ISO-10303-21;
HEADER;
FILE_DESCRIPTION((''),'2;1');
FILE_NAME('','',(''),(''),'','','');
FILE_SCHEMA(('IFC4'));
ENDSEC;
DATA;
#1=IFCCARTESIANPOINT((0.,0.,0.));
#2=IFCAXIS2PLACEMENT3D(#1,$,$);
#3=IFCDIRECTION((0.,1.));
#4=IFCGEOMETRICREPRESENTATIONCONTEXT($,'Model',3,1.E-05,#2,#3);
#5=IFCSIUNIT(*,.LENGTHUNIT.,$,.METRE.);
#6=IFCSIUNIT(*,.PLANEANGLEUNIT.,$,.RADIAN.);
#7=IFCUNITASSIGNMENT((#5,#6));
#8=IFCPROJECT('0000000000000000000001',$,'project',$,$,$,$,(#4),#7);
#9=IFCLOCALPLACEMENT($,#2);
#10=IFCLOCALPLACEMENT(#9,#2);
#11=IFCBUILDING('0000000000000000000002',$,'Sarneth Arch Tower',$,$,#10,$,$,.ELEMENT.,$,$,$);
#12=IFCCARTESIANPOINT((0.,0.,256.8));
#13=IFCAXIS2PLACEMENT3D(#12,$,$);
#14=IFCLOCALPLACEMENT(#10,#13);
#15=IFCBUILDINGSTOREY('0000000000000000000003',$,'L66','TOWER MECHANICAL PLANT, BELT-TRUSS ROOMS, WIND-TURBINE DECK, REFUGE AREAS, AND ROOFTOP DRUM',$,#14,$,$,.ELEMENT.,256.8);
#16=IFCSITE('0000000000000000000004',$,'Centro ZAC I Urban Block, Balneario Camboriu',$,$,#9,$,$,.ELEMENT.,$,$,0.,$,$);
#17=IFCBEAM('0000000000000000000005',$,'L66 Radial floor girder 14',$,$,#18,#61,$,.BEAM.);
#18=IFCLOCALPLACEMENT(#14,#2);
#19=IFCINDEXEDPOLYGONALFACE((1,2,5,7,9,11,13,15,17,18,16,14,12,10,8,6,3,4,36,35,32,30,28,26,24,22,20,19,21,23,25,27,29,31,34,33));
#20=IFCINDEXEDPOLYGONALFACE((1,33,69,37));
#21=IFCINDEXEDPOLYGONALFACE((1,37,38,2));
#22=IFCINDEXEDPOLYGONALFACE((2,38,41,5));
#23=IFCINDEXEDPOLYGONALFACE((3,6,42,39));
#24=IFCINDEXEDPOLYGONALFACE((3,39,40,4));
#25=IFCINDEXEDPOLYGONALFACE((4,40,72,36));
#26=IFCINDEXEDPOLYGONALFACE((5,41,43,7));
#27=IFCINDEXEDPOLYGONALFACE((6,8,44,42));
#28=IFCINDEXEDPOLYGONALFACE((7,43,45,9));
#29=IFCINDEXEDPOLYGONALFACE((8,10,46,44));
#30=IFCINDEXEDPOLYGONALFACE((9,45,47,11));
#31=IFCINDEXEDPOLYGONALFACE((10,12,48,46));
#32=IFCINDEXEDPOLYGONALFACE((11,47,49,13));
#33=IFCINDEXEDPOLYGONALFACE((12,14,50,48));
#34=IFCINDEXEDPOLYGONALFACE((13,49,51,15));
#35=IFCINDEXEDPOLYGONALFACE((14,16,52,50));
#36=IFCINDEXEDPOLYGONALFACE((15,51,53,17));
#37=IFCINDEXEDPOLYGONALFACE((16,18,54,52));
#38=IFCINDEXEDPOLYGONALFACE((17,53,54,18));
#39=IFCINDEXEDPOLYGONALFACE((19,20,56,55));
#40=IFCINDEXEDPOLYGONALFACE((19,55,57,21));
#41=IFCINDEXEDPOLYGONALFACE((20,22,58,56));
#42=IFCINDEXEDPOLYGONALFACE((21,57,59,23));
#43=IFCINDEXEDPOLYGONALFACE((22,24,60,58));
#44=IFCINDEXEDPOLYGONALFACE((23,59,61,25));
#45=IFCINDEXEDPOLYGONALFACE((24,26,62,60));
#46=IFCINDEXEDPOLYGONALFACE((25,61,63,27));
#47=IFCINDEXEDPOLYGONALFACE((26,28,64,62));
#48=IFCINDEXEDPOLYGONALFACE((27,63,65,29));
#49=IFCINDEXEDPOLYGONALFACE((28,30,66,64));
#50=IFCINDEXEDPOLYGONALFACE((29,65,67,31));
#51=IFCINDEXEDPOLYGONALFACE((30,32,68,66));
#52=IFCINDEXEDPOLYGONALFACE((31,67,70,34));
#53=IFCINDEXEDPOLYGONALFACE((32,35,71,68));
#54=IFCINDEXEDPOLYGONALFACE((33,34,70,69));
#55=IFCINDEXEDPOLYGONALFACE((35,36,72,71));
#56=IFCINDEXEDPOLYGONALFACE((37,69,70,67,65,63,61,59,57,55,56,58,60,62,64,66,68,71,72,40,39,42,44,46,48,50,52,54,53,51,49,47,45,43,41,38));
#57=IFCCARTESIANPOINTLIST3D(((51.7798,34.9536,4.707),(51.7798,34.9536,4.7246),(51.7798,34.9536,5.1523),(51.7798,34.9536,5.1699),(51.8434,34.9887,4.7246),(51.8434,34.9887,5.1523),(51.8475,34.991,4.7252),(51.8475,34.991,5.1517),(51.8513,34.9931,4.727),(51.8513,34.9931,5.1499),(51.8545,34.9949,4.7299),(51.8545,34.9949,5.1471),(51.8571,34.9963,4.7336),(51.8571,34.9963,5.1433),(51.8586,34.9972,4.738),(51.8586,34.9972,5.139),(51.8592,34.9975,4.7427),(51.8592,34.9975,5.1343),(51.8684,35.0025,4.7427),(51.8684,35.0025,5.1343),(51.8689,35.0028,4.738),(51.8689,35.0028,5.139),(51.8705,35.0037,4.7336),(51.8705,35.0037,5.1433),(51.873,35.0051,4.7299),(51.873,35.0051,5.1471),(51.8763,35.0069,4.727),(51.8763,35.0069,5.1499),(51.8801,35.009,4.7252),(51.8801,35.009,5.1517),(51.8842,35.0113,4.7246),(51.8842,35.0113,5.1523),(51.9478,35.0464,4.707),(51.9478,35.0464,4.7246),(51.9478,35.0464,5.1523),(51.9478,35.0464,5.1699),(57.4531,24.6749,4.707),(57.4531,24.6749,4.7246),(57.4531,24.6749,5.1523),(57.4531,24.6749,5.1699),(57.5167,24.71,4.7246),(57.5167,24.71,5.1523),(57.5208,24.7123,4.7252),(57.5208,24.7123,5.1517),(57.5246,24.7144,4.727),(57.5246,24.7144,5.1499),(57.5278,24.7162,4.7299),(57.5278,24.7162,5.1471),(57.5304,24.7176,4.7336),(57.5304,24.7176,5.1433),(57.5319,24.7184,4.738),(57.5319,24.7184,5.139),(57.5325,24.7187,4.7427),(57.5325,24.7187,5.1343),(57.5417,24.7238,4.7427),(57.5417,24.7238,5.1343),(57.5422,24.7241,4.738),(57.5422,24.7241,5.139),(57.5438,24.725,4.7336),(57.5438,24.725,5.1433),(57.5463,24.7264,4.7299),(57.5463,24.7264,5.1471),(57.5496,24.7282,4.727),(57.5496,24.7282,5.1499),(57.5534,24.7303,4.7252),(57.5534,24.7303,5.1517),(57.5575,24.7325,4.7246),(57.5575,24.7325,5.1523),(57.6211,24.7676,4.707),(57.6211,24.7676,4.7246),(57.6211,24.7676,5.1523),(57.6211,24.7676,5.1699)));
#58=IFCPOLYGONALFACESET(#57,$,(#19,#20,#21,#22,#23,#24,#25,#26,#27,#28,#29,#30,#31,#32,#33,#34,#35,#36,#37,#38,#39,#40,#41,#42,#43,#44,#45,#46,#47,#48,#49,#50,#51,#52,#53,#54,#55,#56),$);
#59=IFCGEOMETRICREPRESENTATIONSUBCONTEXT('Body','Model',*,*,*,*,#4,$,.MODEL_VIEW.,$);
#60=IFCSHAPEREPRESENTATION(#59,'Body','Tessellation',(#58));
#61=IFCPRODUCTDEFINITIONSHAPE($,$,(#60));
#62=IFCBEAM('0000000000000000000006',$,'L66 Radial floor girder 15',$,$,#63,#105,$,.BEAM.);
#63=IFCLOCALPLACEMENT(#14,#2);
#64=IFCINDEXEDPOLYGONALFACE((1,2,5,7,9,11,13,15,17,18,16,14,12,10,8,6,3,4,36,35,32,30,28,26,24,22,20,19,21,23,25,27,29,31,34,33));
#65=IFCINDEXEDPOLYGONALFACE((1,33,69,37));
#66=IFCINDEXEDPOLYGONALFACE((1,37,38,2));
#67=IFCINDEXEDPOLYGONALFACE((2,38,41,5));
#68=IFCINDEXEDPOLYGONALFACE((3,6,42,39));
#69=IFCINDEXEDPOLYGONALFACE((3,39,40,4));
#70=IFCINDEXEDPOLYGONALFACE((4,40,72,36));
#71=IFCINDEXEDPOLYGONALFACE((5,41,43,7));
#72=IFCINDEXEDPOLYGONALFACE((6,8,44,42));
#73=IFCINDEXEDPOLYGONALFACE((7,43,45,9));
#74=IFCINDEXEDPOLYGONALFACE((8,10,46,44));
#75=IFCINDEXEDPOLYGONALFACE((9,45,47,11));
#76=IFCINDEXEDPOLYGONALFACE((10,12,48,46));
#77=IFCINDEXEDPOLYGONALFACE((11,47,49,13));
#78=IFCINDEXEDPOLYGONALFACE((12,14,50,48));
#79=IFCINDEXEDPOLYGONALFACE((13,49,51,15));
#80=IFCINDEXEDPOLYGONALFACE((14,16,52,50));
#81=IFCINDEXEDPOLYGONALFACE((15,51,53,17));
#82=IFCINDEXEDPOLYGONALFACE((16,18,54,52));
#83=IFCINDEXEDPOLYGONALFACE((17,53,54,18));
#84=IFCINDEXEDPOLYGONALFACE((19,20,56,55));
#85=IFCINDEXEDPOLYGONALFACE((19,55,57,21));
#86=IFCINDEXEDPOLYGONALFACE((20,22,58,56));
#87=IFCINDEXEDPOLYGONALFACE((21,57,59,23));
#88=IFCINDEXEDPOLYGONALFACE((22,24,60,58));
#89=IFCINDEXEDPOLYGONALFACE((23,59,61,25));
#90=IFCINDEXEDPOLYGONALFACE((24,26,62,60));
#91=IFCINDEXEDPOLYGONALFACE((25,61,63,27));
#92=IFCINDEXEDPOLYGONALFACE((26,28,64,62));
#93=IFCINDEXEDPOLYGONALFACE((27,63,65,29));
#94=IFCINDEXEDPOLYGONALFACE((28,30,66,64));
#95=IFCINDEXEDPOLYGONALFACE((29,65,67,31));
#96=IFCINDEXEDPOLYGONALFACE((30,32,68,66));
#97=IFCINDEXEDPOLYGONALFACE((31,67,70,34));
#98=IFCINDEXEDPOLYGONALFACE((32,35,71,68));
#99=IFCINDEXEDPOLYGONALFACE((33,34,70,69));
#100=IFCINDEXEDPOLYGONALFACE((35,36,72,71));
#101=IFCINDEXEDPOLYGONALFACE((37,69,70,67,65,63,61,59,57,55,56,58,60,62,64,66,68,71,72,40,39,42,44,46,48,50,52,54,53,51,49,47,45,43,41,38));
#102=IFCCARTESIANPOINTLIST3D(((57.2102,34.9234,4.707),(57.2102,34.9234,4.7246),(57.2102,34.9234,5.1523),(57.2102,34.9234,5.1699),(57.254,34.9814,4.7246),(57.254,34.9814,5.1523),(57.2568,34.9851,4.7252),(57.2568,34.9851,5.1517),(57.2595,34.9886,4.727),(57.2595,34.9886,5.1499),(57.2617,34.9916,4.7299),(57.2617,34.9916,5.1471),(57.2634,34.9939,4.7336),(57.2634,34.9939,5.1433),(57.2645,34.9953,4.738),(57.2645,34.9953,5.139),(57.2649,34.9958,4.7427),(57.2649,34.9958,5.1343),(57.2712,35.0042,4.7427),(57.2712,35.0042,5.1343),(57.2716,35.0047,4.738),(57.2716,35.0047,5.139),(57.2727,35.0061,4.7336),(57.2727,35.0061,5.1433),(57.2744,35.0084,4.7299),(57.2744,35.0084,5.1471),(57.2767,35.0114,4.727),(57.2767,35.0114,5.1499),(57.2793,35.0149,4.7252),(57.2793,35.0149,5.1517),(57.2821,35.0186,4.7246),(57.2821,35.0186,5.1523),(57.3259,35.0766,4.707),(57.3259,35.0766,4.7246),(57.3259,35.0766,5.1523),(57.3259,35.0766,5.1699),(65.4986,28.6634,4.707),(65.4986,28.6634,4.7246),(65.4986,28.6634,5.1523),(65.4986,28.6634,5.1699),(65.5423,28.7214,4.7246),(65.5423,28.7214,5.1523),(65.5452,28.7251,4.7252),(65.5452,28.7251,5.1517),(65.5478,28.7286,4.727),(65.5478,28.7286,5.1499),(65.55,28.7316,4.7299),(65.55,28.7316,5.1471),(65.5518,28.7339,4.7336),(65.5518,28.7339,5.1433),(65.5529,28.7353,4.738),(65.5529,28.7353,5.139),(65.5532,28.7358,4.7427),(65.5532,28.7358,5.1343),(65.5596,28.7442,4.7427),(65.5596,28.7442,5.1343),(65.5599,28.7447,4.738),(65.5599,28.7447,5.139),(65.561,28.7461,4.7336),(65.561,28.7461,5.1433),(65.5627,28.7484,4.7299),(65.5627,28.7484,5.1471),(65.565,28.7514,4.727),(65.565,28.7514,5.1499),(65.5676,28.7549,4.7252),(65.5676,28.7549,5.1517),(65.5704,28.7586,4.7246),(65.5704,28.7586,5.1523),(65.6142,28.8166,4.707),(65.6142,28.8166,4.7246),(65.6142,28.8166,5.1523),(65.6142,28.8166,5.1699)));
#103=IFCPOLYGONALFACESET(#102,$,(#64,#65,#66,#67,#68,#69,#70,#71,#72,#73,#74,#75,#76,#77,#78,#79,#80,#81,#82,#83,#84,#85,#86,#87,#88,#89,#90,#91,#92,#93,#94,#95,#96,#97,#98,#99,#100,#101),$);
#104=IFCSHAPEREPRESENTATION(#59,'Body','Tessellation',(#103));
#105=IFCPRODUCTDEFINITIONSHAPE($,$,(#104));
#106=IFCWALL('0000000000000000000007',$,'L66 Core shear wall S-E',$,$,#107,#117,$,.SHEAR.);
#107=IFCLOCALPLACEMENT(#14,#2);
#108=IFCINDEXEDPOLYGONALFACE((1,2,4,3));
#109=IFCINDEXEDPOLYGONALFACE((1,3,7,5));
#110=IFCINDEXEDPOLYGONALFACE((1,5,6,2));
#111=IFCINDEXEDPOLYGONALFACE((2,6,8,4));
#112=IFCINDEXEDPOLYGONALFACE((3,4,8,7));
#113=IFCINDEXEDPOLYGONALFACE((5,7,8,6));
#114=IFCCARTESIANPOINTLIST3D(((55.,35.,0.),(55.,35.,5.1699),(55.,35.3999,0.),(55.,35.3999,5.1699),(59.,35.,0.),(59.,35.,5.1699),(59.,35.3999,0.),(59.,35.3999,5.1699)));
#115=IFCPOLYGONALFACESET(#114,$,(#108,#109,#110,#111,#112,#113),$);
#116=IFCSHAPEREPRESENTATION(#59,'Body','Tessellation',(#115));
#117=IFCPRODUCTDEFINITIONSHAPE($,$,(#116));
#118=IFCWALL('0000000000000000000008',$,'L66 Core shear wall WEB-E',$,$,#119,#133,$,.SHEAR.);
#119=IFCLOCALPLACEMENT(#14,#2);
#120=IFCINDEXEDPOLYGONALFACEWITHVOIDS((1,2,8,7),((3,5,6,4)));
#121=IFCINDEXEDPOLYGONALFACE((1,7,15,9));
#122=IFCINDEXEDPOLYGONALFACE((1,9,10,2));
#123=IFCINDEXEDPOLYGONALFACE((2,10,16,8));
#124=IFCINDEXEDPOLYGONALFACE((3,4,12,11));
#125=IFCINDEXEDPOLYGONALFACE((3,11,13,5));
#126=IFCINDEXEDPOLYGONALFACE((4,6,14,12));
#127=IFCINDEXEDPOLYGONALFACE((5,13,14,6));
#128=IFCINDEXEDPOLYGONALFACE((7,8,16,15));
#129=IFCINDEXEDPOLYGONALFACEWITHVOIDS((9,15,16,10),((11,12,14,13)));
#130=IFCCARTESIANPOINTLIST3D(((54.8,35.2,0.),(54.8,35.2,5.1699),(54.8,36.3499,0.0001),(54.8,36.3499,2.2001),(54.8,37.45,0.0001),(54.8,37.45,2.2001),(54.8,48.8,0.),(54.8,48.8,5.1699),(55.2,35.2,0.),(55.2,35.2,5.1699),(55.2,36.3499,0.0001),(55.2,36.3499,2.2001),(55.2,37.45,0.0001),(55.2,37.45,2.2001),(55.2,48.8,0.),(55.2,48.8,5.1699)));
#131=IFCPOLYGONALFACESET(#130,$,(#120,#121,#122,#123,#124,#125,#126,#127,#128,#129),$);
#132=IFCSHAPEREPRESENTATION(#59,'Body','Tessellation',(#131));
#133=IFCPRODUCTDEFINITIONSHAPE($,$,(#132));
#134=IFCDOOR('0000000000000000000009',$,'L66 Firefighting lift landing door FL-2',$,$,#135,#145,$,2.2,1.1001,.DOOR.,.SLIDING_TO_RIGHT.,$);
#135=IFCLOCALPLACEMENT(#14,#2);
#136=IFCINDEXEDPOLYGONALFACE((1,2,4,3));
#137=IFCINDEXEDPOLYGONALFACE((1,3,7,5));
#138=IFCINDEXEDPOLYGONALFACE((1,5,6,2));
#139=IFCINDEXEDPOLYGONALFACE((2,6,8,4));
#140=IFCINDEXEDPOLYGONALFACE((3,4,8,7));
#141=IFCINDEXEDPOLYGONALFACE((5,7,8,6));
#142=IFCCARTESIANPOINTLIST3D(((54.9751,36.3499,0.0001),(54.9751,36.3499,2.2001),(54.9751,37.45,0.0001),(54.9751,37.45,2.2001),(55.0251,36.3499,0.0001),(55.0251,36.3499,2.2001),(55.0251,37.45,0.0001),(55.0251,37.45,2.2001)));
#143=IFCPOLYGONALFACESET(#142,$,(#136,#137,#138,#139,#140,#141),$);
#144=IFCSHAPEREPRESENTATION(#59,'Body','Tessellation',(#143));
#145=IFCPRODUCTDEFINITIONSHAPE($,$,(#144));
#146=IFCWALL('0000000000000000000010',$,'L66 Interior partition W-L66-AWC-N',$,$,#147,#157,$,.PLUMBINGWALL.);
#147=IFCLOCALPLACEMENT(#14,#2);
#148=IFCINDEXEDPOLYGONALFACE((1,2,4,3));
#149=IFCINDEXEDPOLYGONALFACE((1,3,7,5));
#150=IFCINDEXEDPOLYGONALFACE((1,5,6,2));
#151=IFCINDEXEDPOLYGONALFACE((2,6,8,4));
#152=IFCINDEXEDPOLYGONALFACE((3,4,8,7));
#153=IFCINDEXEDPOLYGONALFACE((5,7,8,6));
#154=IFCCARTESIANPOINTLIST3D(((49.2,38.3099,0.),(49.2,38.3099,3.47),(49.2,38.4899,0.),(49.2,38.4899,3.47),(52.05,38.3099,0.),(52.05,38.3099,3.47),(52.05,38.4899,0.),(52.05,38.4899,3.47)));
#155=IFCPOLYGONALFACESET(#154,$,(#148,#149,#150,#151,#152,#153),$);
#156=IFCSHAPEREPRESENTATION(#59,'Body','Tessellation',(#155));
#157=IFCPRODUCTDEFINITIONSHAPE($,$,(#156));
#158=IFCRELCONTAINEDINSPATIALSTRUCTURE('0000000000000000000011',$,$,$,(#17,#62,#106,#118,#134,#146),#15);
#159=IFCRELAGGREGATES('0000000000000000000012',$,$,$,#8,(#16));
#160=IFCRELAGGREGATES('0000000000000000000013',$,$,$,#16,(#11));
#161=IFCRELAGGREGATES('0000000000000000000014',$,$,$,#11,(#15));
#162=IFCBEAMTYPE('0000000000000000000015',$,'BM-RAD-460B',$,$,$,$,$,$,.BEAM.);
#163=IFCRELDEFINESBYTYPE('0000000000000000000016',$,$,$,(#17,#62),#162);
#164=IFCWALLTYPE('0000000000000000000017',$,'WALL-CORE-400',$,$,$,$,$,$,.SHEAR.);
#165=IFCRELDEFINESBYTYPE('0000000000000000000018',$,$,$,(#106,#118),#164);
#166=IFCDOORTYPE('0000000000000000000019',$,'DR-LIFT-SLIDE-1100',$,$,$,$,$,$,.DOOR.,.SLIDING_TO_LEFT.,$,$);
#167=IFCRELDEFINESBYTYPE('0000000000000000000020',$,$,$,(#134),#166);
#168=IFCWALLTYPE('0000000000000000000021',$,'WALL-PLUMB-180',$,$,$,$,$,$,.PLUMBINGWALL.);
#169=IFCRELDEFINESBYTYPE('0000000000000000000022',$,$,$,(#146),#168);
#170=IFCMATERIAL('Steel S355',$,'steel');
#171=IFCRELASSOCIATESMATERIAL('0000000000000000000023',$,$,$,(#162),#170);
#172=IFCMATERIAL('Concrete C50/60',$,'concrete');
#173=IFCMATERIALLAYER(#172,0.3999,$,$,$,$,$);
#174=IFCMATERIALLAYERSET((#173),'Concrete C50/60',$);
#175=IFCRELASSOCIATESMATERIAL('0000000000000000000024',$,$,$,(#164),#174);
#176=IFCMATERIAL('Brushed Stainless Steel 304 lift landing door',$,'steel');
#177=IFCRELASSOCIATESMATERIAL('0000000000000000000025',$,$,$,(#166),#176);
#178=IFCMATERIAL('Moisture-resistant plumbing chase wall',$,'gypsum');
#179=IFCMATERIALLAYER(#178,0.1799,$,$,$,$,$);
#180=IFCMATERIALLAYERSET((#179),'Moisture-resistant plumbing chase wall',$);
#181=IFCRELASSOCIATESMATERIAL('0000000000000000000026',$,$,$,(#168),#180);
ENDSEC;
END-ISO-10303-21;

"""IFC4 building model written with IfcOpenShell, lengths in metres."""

from ifc_helpers import new_model, si_unit, direction, frame, frame_2d, origin, origin_2d, place, context, subcontext, project, spatial, rectangle, i_section, extrude, material, layer, layer_set, material_profile, profile_set, type_object, element, fill, save


model = new_model("IFC4")

# Units and contexts
model_context = context("Model", 3, precision=1e-05, world=origin(), true_north=direction((0.0, 1.0)))
body_context = subcontext(model_context, "Body", "Model", "MODEL_VIEW")
ifc_project = project(units=[si_unit("LENGTHUNIT", "METRE"), si_unit("PLANEANGLEUNIT", "RADIAN")], contexts=[model_context])

# Site, building, storey
site_placement = place(None, origin())
site = spatial("IfcSite", under=ifc_project, at=site_placement, Name="Centro ZAC I Urban Block, Balneario Camboriu", CompositionType="ELEMENT", RefElevation=0.0)
building_placement = place(site_placement, origin())
building = spatial("IfcBuilding", under=site, at=building_placement, Name="Sarneth Arch Tower", CompositionType="ELEMENT")
storey_placement = place(building_placement, frame((0.0, 0.0, 256.8)))
storey = spatial("IfcBuildingStorey", under=building, at=storey_placement, Name="L66", Description="TOWER MECHANICAL PLANT, BELT-TRUSS ROOMS, WIND-TURBINE DECK, REFUGE AREAS, AND ROOFTOP DRUM", CompositionType="ELEMENT", Elevation=256.8)

# Beams
ifc_material_1 = material(Name="Steel S355", Category="steel")
ifc_material_profile_1 = material_profile(ifc_material_1, i_section(OverallWidth=0.1919, OverallDepth=0.4629, WebThickness=0.0105, FlangeThickness=0.0176, FilletRadius=0.0181, at=origin_2d()), Name="W460x89")
ifc_profile_set_1 = profile_set([ifc_material_profile_1], Name="Steel S355")
beam_type_1 = type_object("IfcBeamType", Name="BM-RAD-460B", PredefinedType="BEAM", material=ifc_profile_set_1)
beam_1_placement = place(storey_placement, frame((51.8638, 35.0, 4.9385), z_axis=(0.483226, -0.875496, 0.0), x_axis=(0.875496, 0.483226, 0.0)))
element("IfcBeam", 1, at=beam_1_placement, inside=storey, type_object=beam_type_1, Name="L66 Radial floor girder 14", PredefinedType="BEAM", context=body_context, shape_type="SweptSolid", body=[
    extrude(i_section(OverallWidth=0.1919, OverallDepth=0.4629, WebThickness=0.0105, FlangeThickness=0.0176, FilletRadius=0.0181, at=origin_2d()), origin(), (0.0, 0.0, 1.0), 11.7405),
])
beam_2_placement = place(storey_placement, frame((57.2681, 35.0, 4.9385), z_axis=(0.797973, -0.602693, 0.0), x_axis=(0.602693, 0.797973, 0.0)))
element("IfcBeam", 2, at=beam_2_placement, inside=storey, type_object=beam_type_1, Name="L66 Radial floor girder 15", PredefinedType="BEAM", context=body_context, shape_type="SweptSolid", body=[
    extrude(i_section(OverallWidth=0.1919, OverallDepth=0.4629, WebThickness=0.0105, FlangeThickness=0.0176, FilletRadius=0.0181, at=origin_2d()), origin(), (0.0, 0.0, 1.0), 10.3867),
])

# Wall
ifc_material_2 = material(Name="Concrete C50/60", Category="concrete")
ifc_layer_1 = layer(ifc_material_2, 0.3999)
ifc_layer_set_1 = layer_set([ifc_layer_1], Name="Concrete C50/60")
wall_type_1 = type_object("IfcWallType", Name="WALL-CORE-400", PredefinedType="SHEAR", material=ifc_layer_set_1)
wall_1_placement = place(storey_placement, frame((55.0, 35.2, 0.0), z_axis=(0.0, 0.0, 1.0), x_axis=(1.0, 0.0, 0.0)))
element("IfcWall", 3, at=wall_1_placement, inside=storey, type_object=wall_type_1, Name="L66 Core shear wall S-E", PredefinedType="SHEAR", context=body_context, shape_type="SweptSolid", body=[
    extrude(rectangle(XDim=4.0, YDim=0.3999, at=frame_2d((2.0, 0.0))), origin(), (0.0, 0.0, 1.0), 5.1699),
])

# Wall, opening, door
wall_2_placement = place(storey_placement, frame((55.0, 35.2, 0.0), z_axis=(0.0, 0.0, 1.0), x_axis=(0.0, 1.0, 0.0)))
wall_2 = element("IfcWall", 4, at=wall_2_placement, inside=storey, type_object=wall_type_1, Name="L66 Core shear wall WEB-E", PredefinedType="SHEAR", context=body_context, shape_type="SweptSolid", body=[
    extrude(rectangle(XDim=13.6001, YDim=0.3999, at=frame_2d((6.8, 0.0))), origin(), (0.0, 0.0, 1.0), 5.1699),
])
opening_1_placement = place(wall_2_placement, frame((1.1499, 0.0, 0.0)))
opening_1 = element("IfcOpeningElement", 5, at=opening_1_placement, cuts=wall_2, PredefinedType="OPENING", context=body_context, shape_type="SweptSolid", body=[
    extrude(rectangle(XDim=1.1001, YDim=2.2, at=frame_2d((0.55, 1.1001))), frame((0.0, 0.21, 0.0), z_axis=(0.0, -1.0, 0.0), x_axis=(1.0, 0.0, 0.0)), (0.0, 0.0, 1.0), 0.4199),
])
ifc_material_3 = material(Name="Brushed Stainless Steel 304 lift landing door", Category="steel")
door_type_1 = type_object("IfcDoorType", Name="DR-LIFT-SLIDE-1100", OperationType="SLIDING_TO_LEFT", PredefinedType="DOOR", material=ifc_material_3)
door_1_placement = place(opening_1_placement, origin())
door_1 = element("IfcDoor", 6, at=door_1_placement, inside=storey, type_object=door_type_1, Name="L66 Firefighting lift landing door FL-2", OperationType="SLIDING_TO_RIGHT", OverallHeight=2.2, OverallWidth=1.1001, PredefinedType="DOOR", context=body_context, shape_type="SweptSolid", body=[
    extrude(rectangle(XDim=1.1001, YDim=2.2, at=frame_2d((0.55, 1.1001))), frame((0.0, 0.0249, 0.0), z_axis=(0.0, -1.0, 0.0), x_axis=(1.0, 0.0, 0.0)), (0.0, 0.0, 1.0), 0.05),
])
fill(opening_1, door_1)

# Wall
ifc_material_4 = material(Name="Moisture-resistant plumbing chase wall", Category="gypsum")
ifc_layer_2 = layer(ifc_material_4, 0.1799)
ifc_layer_set_2 = layer_set([ifc_layer_2], Name="Moisture-resistant plumbing chase wall")
wall_type_2 = type_object("IfcWallType", Name="WALL-PLUMB-180", PredefinedType="PLUMBINGWALL", material=ifc_layer_set_2)
wall_3_placement = place(storey_placement, frame((49.2, 38.3999, 0.0), z_axis=(0.0, 0.0, 1.0), x_axis=(1.0, 0.0, 0.0)))
element("IfcWall", 7, at=wall_3_placement, inside=storey, type_object=wall_type_2, Name="L66 Interior partition W-L66-AWC-N", PredefinedType="PLUMBINGWALL", context=body_context, shape_type="SweptSolid", body=[
    extrude(rectangle(XDim=2.8501, YDim=0.1799, at=frame_2d((1.425, 0.0))), origin(), (0.0, 0.0, 1.0), 3.47),
])

save(model, "model.ifc")
